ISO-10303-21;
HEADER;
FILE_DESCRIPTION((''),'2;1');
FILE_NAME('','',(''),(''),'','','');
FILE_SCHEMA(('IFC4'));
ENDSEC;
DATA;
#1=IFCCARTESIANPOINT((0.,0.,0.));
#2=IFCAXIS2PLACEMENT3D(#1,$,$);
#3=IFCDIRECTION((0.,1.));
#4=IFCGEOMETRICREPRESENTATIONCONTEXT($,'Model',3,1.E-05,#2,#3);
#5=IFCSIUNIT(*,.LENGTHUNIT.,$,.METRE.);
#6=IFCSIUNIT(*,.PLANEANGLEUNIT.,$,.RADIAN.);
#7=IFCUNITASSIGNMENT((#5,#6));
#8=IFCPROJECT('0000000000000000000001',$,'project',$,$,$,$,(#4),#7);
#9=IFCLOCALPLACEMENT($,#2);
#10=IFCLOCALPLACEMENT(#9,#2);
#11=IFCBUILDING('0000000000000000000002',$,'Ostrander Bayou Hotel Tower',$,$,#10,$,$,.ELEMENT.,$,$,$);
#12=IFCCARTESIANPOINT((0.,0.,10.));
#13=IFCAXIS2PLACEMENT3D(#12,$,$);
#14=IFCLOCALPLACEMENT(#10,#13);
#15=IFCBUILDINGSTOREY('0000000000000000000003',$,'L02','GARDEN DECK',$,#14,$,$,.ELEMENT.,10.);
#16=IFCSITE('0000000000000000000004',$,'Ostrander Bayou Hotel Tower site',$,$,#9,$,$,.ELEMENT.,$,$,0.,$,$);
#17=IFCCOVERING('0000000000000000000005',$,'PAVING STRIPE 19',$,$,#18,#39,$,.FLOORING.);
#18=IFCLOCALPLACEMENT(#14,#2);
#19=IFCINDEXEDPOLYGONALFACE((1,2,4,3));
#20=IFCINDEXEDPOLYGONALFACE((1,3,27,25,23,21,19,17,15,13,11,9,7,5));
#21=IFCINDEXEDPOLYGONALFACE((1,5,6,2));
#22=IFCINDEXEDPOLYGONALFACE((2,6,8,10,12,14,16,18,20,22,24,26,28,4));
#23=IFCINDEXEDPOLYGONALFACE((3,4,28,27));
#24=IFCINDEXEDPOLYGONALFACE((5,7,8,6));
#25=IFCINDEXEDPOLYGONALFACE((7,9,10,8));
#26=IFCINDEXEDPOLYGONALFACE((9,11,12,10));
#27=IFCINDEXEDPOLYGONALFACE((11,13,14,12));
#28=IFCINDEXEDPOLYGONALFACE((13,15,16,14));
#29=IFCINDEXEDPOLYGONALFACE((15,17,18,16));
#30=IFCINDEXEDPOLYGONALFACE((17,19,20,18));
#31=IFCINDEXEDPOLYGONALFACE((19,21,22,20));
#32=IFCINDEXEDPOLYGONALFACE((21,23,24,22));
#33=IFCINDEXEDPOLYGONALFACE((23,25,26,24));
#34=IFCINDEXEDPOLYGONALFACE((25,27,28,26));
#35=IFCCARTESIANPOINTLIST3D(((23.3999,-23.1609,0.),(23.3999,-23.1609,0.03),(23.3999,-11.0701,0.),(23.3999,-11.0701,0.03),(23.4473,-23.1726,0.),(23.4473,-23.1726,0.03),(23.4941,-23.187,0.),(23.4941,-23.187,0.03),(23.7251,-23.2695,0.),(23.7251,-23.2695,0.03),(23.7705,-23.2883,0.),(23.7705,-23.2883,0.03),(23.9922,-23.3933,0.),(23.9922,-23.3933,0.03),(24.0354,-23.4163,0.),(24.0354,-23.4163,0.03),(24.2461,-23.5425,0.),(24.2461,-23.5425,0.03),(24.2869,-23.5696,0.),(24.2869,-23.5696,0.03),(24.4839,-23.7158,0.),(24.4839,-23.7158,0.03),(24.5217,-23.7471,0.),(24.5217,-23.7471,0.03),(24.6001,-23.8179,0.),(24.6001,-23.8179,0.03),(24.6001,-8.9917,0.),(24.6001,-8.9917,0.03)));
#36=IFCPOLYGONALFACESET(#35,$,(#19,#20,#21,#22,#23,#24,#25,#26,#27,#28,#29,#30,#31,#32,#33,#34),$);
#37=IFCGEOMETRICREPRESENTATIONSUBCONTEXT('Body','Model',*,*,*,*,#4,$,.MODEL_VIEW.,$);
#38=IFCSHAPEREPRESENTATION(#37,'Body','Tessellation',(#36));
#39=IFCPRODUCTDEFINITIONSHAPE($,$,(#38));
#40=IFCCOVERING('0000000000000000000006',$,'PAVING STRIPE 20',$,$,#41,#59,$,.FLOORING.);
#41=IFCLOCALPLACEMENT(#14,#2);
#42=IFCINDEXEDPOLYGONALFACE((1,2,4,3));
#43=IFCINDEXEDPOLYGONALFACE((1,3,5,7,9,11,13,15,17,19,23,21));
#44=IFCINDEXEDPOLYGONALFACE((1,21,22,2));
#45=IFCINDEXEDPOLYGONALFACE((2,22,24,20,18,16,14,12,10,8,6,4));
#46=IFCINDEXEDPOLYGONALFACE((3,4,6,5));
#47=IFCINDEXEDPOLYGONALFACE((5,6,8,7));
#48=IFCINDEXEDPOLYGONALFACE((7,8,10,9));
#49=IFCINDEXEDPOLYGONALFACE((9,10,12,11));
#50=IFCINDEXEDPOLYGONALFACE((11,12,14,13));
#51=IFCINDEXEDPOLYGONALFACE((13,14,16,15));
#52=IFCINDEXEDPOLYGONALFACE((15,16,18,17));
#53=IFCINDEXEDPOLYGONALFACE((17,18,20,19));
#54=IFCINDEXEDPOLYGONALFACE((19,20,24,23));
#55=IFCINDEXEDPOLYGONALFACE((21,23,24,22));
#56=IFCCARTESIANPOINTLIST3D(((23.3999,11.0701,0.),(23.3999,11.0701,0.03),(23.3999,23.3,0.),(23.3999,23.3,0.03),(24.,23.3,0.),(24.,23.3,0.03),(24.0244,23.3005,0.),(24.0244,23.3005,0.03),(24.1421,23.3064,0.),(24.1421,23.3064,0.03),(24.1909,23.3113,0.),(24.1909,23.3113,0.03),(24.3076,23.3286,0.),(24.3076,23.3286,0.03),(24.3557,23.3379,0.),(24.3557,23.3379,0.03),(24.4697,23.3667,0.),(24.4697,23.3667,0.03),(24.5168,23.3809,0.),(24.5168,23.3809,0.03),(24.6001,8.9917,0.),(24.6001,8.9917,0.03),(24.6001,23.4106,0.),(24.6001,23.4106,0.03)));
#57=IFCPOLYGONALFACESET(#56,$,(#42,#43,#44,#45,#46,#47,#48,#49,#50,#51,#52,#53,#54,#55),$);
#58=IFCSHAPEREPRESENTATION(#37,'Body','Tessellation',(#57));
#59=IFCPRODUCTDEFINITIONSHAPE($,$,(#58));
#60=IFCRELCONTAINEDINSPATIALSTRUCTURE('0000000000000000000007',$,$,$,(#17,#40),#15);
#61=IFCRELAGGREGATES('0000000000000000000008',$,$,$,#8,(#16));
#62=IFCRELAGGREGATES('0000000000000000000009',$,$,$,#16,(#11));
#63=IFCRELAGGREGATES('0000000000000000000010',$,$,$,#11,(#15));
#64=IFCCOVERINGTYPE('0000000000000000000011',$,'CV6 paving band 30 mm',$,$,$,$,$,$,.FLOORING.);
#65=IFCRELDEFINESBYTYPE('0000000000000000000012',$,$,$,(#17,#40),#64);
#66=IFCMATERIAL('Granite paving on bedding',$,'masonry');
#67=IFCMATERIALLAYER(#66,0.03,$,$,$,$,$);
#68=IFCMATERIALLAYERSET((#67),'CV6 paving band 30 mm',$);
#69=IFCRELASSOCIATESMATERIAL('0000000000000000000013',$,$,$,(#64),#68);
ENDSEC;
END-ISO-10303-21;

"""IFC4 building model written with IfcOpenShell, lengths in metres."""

from ifc_helpers import new_model, si_unit, direction, frame, origin, place, context, subcontext, project, spatial, polyline, outline, extrude, material, layer, layer_set, type_object, element, save


model = new_model("IFC4")

# Units and contexts
model_context = context("Model", 3, precision=1e-05, world=origin(), true_north=direction((0.0, 1.0)))
body_context = subcontext(model_context, "Body", "Model", "MODEL_VIEW")
ifc_project = project(units=[si_unit("LENGTHUNIT", "METRE"), si_unit("PLANEANGLEUNIT", "RADIAN")], contexts=[model_context])

# Site, building, storey
site_placement = place(None, origin())
site = spatial("IfcSite", under=ifc_project, at=site_placement, Name="Ostrander Bayou Hotel Tower site", CompositionType="ELEMENT", RefElevation=0.0)
building_placement = place(site_placement, origin())
building = spatial("IfcBuilding", under=site, at=building_placement, Name="Ostrander Bayou Hotel Tower", CompositionType="ELEMENT")
storey_placement = place(building_placement, frame((0.0, 0.0, 10.0)))
storey = spatial("IfcBuildingStorey", under=building, at=storey_placement, Name="L02", Description="GARDEN DECK", CompositionType="ELEMENT", Elevation=10.0)

# Coverings
ifc_material_1 = material(Name="Granite paving on bedding", Category="masonry")
ifc_layer_1 = layer(ifc_material_1, 0.03)
ifc_layer_set_1 = layer_set([ifc_layer_1], Name="CV6 paving band 30 mm")
covering_type = type_object("IfcCoveringType", Name="CV6 paving band 30 mm", PredefinedType="FLOORING", material=ifc_layer_set_1)
covering_1_placement = place(storey_placement, origin())
element("IfcCovering", 1, at=covering_1_placement, inside=storey, type_object=covering_type, Name="PAVING STRIPE 19", PredefinedType="FLOORING", context=body_context, shape_type="SweptSolid", body=[
    extrude(outline(polyline([(23.3999, -11.0701), (24.6001, -8.9917), (24.6001, -23.8179), (24.5217, -23.7471), (24.4839, -23.7158), (24.2869, -23.5696), (24.2461, -23.5425), (24.0354, -23.4163), (23.9922, -23.3933), (23.7705, -23.2883), (23.7251, -23.2695), (23.4941, -23.187), (23.4473, -23.1726), (23.3999, -23.1609), (23.3999, -11.0701)])), origin(), (0.0, 0.0, 1.0), 0.03),
])
covering_2_placement = place(storey_placement, origin())
element("IfcCovering", 2, at=covering_2_placement, inside=storey, type_object=covering_type, Name="PAVING STRIPE 20", PredefinedType="FLOORING", context=body_context, shape_type="SweptSolid", body=[
    extrude(outline(polyline([(24.6001, 8.9917), (23.3999, 11.0701), (23.3999, 23.3), (24.0, 23.3), (24.0244, 23.3005), (24.1421, 23.3064), (24.1909, 23.3113), (24.3076, 23.3286), (24.3557, 23.3379), (24.4697, 23.3667), (24.5168, 23.3809), (24.6001, 23.4106), (24.6001, 8.9917)])), origin(), (0.0, 0.0, 1.0), 0.03),
])

save(model, "model.ifc")
